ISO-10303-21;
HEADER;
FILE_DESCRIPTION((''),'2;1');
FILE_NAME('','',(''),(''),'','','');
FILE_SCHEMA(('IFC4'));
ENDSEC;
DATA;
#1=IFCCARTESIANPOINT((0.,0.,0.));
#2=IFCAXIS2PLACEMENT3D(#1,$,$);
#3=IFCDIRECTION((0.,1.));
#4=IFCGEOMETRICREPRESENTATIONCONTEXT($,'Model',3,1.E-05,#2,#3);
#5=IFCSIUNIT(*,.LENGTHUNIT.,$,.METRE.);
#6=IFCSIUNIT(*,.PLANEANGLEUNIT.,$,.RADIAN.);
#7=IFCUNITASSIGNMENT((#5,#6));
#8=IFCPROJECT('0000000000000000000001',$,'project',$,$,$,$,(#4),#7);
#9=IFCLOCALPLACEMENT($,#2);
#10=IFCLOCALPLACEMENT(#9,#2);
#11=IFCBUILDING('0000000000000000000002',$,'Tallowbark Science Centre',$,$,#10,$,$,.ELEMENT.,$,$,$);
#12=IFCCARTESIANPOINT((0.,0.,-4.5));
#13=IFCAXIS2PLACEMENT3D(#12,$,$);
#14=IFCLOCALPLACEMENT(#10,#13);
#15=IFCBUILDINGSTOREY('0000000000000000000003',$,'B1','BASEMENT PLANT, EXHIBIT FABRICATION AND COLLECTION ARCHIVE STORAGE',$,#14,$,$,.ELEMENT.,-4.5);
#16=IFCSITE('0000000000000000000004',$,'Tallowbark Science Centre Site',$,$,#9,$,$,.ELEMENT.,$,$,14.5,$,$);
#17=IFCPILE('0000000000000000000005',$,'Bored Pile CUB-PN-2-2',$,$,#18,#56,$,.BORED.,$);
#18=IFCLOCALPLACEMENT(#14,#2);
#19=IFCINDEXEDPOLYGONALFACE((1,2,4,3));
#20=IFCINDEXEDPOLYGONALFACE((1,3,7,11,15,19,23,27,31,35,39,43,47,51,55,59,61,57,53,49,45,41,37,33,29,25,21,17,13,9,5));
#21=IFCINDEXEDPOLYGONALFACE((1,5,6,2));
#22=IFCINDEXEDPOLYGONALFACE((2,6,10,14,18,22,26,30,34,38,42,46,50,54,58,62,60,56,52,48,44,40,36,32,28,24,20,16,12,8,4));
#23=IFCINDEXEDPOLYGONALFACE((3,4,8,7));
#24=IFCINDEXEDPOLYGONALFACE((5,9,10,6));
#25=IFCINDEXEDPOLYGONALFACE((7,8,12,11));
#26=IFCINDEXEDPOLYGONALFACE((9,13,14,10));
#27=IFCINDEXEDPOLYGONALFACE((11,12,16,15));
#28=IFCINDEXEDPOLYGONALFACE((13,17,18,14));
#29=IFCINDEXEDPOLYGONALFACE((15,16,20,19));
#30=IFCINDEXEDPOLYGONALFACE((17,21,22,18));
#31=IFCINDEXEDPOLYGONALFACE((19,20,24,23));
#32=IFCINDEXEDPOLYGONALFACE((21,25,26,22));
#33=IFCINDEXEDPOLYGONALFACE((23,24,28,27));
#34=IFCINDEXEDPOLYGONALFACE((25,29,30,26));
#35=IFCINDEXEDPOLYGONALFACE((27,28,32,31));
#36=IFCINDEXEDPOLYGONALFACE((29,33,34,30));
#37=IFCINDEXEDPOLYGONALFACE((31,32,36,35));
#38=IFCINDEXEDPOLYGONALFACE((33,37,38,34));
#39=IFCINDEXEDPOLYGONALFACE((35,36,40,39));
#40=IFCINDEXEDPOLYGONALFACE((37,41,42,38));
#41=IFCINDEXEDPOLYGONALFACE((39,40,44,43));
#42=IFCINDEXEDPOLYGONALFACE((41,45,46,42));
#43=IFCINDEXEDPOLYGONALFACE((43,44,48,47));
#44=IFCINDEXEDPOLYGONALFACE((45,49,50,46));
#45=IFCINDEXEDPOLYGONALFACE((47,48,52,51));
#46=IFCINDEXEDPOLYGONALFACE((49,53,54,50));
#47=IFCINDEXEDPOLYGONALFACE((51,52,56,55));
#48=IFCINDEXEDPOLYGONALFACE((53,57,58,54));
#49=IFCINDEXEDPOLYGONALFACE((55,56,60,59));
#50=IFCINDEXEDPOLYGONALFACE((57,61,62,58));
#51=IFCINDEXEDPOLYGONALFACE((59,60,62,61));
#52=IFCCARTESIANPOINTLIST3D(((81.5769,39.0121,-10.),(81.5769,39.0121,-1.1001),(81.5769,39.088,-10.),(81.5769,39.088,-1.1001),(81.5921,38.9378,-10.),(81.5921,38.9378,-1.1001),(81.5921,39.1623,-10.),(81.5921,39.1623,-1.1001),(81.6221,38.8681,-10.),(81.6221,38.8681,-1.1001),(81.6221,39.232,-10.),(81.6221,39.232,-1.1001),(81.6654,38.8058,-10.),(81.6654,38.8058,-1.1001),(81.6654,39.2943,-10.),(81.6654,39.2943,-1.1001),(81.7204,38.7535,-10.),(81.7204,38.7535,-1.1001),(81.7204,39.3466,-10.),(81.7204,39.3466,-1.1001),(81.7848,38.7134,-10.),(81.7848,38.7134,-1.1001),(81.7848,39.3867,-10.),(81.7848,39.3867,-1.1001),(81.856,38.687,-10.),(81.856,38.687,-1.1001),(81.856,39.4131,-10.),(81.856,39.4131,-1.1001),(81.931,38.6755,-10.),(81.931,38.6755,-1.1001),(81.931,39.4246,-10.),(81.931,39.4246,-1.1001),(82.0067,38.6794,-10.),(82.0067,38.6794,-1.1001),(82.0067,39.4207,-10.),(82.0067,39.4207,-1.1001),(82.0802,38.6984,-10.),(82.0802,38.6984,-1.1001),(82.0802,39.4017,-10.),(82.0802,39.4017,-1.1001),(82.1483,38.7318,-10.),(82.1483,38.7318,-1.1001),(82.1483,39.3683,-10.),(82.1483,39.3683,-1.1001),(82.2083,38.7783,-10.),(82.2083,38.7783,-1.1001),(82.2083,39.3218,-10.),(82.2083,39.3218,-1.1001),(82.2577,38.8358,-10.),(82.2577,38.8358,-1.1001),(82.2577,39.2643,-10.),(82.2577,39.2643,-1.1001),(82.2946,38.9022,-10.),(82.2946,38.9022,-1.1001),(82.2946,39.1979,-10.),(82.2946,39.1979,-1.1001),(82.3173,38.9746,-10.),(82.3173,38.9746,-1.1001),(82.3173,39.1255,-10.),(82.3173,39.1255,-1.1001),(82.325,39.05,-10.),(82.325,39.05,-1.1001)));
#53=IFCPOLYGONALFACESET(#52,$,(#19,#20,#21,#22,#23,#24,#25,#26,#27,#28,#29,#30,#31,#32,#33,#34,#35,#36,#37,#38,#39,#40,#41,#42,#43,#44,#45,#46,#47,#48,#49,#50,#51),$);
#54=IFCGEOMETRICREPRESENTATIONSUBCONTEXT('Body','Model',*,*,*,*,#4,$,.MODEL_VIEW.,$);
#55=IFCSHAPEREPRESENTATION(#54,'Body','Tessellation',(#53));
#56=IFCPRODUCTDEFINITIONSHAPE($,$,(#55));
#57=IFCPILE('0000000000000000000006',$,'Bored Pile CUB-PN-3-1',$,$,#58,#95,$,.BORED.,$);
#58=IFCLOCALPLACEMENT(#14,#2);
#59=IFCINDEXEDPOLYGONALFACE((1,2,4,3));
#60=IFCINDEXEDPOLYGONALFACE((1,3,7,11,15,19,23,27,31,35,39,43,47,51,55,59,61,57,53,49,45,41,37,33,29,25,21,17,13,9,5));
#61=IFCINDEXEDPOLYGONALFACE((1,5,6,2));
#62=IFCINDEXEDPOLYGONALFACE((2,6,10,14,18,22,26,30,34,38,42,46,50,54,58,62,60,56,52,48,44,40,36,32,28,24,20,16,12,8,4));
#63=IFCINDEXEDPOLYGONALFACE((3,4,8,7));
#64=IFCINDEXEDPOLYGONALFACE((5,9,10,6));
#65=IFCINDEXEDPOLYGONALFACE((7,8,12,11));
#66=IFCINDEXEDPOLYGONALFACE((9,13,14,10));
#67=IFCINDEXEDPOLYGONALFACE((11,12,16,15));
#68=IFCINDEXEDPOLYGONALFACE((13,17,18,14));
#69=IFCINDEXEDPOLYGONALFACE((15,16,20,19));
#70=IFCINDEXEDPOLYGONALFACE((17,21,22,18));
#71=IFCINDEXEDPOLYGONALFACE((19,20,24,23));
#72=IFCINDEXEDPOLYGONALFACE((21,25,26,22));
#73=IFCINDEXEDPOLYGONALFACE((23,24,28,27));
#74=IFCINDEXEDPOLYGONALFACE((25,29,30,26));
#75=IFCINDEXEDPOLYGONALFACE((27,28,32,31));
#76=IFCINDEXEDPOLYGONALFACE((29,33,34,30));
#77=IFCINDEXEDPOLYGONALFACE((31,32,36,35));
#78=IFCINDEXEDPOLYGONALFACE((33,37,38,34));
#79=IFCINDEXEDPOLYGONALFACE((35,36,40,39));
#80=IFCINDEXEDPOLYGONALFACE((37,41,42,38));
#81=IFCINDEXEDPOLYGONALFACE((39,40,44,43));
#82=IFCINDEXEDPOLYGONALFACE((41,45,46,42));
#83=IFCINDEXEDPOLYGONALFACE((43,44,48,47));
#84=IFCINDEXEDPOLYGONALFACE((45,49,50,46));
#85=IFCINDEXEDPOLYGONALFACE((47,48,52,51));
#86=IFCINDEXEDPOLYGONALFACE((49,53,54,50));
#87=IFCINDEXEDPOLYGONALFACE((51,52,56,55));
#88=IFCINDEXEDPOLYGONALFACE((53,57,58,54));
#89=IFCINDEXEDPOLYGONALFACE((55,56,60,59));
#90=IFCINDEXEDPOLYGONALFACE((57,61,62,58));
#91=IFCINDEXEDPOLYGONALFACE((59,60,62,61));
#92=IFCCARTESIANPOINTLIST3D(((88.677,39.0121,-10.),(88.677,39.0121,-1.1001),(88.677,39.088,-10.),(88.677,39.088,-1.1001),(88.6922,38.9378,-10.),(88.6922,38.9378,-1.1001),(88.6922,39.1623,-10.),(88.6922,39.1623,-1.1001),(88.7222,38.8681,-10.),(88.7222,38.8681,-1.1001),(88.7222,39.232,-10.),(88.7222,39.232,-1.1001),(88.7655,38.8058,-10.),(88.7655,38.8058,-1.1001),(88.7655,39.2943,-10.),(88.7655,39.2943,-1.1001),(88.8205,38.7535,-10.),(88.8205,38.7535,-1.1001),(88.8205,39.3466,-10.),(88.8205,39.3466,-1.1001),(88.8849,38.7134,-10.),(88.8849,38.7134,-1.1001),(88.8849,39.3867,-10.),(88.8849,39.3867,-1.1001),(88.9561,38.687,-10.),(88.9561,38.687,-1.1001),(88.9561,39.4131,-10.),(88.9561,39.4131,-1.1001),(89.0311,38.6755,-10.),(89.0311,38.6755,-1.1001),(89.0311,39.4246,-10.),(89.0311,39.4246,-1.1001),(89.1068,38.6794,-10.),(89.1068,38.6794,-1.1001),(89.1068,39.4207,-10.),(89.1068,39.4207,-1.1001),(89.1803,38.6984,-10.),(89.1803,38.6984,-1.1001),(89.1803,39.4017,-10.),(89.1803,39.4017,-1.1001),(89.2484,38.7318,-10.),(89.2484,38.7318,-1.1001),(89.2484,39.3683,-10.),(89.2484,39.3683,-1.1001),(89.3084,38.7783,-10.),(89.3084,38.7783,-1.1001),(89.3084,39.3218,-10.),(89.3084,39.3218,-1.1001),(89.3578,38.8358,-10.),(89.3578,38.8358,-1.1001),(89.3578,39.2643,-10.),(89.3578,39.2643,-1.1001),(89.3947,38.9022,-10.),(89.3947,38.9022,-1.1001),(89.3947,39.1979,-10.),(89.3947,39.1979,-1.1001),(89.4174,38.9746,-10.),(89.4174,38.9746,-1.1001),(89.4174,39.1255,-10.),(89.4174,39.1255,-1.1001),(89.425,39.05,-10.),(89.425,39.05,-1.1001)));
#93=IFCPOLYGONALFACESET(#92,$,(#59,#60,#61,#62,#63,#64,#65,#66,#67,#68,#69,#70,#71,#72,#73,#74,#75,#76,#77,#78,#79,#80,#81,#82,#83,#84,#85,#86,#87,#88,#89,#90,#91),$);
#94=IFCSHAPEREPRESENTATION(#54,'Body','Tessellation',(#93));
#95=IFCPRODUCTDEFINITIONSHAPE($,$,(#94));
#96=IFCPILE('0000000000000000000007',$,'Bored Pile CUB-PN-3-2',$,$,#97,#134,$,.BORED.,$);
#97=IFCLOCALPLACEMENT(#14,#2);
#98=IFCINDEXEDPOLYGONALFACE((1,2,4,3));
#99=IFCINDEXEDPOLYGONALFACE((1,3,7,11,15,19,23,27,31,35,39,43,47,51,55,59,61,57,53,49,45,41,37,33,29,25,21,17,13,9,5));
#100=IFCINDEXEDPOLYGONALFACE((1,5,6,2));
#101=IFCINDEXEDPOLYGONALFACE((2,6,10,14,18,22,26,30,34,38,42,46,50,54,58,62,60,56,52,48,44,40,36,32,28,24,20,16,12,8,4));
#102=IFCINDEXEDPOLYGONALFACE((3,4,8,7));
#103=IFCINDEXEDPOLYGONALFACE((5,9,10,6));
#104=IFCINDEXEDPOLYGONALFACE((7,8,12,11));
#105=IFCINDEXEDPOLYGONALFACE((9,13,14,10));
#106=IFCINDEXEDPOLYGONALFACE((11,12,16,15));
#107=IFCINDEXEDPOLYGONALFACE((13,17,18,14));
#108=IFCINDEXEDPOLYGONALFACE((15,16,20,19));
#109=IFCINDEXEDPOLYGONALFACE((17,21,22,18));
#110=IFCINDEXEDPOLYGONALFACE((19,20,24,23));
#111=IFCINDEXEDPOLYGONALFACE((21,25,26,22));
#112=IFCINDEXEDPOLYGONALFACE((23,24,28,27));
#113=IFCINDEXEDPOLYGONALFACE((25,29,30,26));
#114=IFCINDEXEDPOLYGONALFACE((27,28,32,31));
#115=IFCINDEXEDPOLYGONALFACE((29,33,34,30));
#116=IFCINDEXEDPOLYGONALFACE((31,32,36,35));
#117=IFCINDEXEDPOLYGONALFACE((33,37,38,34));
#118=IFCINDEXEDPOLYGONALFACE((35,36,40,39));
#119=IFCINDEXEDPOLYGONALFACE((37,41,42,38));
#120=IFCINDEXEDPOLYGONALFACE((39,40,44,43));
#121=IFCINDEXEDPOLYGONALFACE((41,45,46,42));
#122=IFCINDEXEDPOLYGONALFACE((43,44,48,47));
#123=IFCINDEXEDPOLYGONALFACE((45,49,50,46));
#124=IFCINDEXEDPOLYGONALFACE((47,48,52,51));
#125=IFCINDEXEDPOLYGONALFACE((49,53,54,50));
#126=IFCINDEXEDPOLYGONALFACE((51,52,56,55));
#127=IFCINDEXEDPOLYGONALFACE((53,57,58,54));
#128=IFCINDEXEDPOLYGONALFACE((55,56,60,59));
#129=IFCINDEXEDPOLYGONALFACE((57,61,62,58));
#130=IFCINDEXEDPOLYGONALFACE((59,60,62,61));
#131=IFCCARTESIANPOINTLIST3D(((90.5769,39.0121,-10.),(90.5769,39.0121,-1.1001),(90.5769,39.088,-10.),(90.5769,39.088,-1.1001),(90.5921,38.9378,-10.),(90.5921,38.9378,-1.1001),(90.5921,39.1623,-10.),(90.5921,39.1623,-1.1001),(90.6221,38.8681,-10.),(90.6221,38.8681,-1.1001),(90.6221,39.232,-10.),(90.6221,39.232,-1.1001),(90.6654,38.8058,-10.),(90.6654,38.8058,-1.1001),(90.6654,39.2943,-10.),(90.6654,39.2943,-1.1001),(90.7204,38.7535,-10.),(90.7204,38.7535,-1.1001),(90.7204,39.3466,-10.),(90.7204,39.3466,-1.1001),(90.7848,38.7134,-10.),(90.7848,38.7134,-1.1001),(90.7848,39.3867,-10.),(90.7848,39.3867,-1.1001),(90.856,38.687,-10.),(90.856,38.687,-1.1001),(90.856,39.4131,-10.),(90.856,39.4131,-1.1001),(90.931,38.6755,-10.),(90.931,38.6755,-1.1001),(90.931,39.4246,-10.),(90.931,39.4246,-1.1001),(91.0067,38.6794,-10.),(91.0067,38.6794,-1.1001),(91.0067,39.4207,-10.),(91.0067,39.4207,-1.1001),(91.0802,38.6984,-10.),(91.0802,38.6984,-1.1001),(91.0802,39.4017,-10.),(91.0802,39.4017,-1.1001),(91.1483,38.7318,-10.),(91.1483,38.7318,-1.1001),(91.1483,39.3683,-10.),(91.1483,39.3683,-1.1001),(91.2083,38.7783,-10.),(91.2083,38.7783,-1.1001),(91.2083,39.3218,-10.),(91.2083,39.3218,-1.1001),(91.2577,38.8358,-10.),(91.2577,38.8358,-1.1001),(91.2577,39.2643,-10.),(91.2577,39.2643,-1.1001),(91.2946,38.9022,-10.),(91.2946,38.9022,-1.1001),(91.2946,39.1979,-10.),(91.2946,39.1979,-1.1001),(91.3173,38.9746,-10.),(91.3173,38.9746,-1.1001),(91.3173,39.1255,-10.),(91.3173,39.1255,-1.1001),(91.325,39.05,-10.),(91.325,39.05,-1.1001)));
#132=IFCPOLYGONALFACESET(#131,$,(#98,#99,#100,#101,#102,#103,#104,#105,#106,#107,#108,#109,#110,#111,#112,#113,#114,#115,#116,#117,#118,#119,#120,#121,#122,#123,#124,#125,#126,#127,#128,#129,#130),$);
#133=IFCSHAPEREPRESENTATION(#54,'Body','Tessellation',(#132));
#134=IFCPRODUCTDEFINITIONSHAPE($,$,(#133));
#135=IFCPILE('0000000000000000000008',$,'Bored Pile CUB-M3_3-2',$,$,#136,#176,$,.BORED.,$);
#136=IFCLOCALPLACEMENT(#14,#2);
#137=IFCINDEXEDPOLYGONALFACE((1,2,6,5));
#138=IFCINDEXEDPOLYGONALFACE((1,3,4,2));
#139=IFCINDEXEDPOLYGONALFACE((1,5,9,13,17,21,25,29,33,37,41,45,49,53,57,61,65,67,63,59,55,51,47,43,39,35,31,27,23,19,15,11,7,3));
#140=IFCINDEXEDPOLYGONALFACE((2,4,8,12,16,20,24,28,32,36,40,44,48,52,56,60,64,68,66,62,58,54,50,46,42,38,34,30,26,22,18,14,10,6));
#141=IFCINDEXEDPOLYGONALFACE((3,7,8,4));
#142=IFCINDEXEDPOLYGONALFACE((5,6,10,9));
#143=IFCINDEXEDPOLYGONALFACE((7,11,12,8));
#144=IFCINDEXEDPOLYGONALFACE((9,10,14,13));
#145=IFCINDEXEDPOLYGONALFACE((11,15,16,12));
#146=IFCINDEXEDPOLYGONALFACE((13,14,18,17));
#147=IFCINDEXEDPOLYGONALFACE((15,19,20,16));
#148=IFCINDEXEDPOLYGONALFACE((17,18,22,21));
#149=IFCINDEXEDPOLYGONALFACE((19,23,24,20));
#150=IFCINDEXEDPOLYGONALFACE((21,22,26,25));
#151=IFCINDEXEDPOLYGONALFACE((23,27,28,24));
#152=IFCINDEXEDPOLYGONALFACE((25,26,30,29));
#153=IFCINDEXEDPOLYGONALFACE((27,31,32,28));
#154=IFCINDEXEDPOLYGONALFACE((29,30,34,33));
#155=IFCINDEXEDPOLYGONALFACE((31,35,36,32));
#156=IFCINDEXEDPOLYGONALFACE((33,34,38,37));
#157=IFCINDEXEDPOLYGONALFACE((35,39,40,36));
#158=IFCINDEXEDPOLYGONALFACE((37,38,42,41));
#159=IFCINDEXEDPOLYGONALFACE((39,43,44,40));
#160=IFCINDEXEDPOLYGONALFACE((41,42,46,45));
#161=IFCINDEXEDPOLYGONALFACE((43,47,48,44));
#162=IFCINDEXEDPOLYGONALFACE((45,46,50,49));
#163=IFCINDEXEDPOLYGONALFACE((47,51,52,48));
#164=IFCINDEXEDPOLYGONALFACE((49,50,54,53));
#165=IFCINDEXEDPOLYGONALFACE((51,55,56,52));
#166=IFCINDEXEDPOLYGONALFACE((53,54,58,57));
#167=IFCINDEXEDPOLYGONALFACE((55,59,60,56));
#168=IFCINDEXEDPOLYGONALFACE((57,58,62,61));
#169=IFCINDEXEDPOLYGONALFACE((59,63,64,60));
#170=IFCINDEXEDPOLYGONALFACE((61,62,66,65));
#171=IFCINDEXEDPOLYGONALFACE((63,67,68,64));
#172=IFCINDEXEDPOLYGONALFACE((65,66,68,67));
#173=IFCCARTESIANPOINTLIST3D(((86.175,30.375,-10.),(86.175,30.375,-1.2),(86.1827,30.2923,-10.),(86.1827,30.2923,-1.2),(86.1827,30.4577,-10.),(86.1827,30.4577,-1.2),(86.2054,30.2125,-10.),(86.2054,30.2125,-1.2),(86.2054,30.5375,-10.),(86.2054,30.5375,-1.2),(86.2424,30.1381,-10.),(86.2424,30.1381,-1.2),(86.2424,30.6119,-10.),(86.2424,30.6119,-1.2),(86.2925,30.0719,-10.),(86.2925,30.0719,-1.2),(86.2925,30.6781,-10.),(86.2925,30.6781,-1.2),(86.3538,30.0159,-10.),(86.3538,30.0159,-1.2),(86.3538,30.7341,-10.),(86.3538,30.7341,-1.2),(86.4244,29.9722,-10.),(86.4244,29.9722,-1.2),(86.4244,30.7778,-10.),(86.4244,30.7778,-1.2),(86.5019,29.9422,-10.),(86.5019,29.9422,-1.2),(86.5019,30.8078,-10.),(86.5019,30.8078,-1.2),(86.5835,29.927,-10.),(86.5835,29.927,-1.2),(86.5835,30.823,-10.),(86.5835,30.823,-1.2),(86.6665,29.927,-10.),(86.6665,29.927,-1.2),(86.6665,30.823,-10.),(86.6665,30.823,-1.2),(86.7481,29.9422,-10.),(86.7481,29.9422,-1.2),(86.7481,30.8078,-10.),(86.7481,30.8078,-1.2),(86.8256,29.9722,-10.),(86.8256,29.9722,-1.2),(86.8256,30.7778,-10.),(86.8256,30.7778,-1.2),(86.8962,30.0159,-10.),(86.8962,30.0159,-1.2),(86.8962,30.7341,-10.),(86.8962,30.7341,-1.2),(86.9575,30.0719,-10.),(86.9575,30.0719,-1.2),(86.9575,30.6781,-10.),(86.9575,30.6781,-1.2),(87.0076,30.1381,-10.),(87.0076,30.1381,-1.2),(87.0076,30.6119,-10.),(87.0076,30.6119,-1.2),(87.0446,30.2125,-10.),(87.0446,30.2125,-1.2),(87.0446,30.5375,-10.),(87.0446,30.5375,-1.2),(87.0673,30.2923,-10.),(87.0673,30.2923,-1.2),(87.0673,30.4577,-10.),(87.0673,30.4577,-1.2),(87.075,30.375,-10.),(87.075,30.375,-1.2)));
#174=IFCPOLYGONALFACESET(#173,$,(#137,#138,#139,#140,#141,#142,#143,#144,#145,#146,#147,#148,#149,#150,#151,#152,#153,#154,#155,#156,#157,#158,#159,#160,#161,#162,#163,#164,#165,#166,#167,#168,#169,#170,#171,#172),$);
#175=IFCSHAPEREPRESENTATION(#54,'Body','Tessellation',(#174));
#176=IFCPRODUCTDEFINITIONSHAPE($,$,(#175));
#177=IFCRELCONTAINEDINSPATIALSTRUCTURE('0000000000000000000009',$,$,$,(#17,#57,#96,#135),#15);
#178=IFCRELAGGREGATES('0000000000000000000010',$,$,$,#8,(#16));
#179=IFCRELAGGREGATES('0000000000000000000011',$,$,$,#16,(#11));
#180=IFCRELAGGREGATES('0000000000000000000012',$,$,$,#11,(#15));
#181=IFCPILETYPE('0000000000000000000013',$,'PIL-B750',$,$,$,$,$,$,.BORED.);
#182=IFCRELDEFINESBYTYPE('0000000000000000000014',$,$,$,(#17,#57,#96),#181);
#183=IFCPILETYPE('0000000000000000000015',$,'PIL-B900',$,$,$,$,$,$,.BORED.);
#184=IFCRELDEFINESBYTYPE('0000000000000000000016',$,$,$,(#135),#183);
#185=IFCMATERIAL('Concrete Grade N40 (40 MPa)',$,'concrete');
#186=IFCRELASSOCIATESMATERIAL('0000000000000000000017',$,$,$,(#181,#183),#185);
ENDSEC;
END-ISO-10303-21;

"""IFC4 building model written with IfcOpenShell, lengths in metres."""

from ifc_helpers import new_model, si_unit, direction, frame, origin, origin_2d, place, context, subcontext, project, spatial, circle, extrude, material, material_profile, profile_set, type_object, element, save


model = new_model("IFC4")

# Units and contexts
model_context = context("Model", 3, precision=1e-05, world=origin(), true_north=direction((0.0, 1.0)))
body_context = subcontext(model_context, "Body", "Model", "MODEL_VIEW")
ifc_project = project(units=[si_unit("LENGTHUNIT", "METRE"), si_unit("PLANEANGLEUNIT", "RADIAN")], contexts=[model_context])

# Site, building, storey
site_placement = place(None, origin())
site = spatial("IfcSite", under=ifc_project, at=site_placement, Name="Tallowbark Science Centre Site", CompositionType="ELEMENT", RefElevation=14.5)
building_placement = place(site_placement, origin())
building = spatial("IfcBuilding", under=site, at=building_placement, Name="Tallowbark Science Centre", CompositionType="ELEMENT")
storey_placement = place(building_placement, frame((0.0, 0.0, -4.5)))
storey = spatial("IfcBuildingStorey", under=building, at=storey_placement, Name="B1", Description="BASEMENT PLANT, EXHIBIT FABRICATION AND COLLECTION ARCHIVE STORAGE", CompositionType="ELEMENT", Elevation=-4.5)

# Shared definitions
ifc_material_1 = material(Name="Concrete Grade N40 (40 MPa)", Category="concrete")

# Piles
ifc_material_profile_1 = material_profile(ifc_material_1, circle(Radius=0.375, at=origin_2d()), Name="PILE750")
ifc_profile_set_1 = profile_set([ifc_material_profile_1], Name="Concrete Grade N40 (40 MPa)")
pile_type_1 = type_object("IfcPileType", Name="PIL-B750", PredefinedType="BORED", material=ifc_profile_set_1)
for number, where, z_axis, x_axis, name in (
    (1, (81.95, 39.05, -1.1001), (0.0, 0.0, -1.0), (1.0, 0.0, 0.0), "Bored Pile CUB-PN-2-2"),
    (2, (89.05, 39.05, -1.1001), (0.0, 0.0, -1.0), (1.0, 0.0, 0.0), "Bored Pile CUB-PN-3-1"),
    (3, (90.95, 39.05, -1.1001), (0.0, 0.0, -1.0), (1.0, 0.0, 0.0), "Bored Pile CUB-PN-3-2"),
):
    element("IfcPile", number, at=place(storey_placement, frame(where, z_axis=z_axis, x_axis=x_axis)), inside=storey, type_object=pile_type_1, Name=name, PredefinedType="BORED", context=body_context, shape_type="SweptSolid", body=[
        extrude(circle(Radius=0.375, at=origin_2d()), origin(), (0.0, 0.0, 1.0), 8.8999),
    ])
ifc_material_profile_2 = material_profile(ifc_material_1, circle(Radius=0.45, at=origin_2d()), Name="PILE900")
ifc_profile_set_2 = profile_set([ifc_material_profile_2], Name="Concrete Grade N40 (40 MPa)")
pile_type_2 = type_object("IfcPileType", Name="PIL-B900", PredefinedType="BORED", material=ifc_profile_set_2)
for number, where, z_axis, x_axis, name in (
    (4, (86.625, 30.375, -1.2), (0.0, 0.0, -1.0), (1.0, 0.0, 0.0), "Bored Pile CUB-M3_3-2"),
):
    element("IfcPile", number, at=place(storey_placement, frame(where, z_axis=z_axis, x_axis=x_axis)), inside=storey, type_object=pile_type_2, Name=name, PredefinedType="BORED", context=body_context, shape_type="SweptSolid", body=[
        extrude(circle(Radius=0.45, at=origin_2d()), origin(), (0.0, 0.0, 1.0), 8.8),
    ])

save(model, "model.ifc")
